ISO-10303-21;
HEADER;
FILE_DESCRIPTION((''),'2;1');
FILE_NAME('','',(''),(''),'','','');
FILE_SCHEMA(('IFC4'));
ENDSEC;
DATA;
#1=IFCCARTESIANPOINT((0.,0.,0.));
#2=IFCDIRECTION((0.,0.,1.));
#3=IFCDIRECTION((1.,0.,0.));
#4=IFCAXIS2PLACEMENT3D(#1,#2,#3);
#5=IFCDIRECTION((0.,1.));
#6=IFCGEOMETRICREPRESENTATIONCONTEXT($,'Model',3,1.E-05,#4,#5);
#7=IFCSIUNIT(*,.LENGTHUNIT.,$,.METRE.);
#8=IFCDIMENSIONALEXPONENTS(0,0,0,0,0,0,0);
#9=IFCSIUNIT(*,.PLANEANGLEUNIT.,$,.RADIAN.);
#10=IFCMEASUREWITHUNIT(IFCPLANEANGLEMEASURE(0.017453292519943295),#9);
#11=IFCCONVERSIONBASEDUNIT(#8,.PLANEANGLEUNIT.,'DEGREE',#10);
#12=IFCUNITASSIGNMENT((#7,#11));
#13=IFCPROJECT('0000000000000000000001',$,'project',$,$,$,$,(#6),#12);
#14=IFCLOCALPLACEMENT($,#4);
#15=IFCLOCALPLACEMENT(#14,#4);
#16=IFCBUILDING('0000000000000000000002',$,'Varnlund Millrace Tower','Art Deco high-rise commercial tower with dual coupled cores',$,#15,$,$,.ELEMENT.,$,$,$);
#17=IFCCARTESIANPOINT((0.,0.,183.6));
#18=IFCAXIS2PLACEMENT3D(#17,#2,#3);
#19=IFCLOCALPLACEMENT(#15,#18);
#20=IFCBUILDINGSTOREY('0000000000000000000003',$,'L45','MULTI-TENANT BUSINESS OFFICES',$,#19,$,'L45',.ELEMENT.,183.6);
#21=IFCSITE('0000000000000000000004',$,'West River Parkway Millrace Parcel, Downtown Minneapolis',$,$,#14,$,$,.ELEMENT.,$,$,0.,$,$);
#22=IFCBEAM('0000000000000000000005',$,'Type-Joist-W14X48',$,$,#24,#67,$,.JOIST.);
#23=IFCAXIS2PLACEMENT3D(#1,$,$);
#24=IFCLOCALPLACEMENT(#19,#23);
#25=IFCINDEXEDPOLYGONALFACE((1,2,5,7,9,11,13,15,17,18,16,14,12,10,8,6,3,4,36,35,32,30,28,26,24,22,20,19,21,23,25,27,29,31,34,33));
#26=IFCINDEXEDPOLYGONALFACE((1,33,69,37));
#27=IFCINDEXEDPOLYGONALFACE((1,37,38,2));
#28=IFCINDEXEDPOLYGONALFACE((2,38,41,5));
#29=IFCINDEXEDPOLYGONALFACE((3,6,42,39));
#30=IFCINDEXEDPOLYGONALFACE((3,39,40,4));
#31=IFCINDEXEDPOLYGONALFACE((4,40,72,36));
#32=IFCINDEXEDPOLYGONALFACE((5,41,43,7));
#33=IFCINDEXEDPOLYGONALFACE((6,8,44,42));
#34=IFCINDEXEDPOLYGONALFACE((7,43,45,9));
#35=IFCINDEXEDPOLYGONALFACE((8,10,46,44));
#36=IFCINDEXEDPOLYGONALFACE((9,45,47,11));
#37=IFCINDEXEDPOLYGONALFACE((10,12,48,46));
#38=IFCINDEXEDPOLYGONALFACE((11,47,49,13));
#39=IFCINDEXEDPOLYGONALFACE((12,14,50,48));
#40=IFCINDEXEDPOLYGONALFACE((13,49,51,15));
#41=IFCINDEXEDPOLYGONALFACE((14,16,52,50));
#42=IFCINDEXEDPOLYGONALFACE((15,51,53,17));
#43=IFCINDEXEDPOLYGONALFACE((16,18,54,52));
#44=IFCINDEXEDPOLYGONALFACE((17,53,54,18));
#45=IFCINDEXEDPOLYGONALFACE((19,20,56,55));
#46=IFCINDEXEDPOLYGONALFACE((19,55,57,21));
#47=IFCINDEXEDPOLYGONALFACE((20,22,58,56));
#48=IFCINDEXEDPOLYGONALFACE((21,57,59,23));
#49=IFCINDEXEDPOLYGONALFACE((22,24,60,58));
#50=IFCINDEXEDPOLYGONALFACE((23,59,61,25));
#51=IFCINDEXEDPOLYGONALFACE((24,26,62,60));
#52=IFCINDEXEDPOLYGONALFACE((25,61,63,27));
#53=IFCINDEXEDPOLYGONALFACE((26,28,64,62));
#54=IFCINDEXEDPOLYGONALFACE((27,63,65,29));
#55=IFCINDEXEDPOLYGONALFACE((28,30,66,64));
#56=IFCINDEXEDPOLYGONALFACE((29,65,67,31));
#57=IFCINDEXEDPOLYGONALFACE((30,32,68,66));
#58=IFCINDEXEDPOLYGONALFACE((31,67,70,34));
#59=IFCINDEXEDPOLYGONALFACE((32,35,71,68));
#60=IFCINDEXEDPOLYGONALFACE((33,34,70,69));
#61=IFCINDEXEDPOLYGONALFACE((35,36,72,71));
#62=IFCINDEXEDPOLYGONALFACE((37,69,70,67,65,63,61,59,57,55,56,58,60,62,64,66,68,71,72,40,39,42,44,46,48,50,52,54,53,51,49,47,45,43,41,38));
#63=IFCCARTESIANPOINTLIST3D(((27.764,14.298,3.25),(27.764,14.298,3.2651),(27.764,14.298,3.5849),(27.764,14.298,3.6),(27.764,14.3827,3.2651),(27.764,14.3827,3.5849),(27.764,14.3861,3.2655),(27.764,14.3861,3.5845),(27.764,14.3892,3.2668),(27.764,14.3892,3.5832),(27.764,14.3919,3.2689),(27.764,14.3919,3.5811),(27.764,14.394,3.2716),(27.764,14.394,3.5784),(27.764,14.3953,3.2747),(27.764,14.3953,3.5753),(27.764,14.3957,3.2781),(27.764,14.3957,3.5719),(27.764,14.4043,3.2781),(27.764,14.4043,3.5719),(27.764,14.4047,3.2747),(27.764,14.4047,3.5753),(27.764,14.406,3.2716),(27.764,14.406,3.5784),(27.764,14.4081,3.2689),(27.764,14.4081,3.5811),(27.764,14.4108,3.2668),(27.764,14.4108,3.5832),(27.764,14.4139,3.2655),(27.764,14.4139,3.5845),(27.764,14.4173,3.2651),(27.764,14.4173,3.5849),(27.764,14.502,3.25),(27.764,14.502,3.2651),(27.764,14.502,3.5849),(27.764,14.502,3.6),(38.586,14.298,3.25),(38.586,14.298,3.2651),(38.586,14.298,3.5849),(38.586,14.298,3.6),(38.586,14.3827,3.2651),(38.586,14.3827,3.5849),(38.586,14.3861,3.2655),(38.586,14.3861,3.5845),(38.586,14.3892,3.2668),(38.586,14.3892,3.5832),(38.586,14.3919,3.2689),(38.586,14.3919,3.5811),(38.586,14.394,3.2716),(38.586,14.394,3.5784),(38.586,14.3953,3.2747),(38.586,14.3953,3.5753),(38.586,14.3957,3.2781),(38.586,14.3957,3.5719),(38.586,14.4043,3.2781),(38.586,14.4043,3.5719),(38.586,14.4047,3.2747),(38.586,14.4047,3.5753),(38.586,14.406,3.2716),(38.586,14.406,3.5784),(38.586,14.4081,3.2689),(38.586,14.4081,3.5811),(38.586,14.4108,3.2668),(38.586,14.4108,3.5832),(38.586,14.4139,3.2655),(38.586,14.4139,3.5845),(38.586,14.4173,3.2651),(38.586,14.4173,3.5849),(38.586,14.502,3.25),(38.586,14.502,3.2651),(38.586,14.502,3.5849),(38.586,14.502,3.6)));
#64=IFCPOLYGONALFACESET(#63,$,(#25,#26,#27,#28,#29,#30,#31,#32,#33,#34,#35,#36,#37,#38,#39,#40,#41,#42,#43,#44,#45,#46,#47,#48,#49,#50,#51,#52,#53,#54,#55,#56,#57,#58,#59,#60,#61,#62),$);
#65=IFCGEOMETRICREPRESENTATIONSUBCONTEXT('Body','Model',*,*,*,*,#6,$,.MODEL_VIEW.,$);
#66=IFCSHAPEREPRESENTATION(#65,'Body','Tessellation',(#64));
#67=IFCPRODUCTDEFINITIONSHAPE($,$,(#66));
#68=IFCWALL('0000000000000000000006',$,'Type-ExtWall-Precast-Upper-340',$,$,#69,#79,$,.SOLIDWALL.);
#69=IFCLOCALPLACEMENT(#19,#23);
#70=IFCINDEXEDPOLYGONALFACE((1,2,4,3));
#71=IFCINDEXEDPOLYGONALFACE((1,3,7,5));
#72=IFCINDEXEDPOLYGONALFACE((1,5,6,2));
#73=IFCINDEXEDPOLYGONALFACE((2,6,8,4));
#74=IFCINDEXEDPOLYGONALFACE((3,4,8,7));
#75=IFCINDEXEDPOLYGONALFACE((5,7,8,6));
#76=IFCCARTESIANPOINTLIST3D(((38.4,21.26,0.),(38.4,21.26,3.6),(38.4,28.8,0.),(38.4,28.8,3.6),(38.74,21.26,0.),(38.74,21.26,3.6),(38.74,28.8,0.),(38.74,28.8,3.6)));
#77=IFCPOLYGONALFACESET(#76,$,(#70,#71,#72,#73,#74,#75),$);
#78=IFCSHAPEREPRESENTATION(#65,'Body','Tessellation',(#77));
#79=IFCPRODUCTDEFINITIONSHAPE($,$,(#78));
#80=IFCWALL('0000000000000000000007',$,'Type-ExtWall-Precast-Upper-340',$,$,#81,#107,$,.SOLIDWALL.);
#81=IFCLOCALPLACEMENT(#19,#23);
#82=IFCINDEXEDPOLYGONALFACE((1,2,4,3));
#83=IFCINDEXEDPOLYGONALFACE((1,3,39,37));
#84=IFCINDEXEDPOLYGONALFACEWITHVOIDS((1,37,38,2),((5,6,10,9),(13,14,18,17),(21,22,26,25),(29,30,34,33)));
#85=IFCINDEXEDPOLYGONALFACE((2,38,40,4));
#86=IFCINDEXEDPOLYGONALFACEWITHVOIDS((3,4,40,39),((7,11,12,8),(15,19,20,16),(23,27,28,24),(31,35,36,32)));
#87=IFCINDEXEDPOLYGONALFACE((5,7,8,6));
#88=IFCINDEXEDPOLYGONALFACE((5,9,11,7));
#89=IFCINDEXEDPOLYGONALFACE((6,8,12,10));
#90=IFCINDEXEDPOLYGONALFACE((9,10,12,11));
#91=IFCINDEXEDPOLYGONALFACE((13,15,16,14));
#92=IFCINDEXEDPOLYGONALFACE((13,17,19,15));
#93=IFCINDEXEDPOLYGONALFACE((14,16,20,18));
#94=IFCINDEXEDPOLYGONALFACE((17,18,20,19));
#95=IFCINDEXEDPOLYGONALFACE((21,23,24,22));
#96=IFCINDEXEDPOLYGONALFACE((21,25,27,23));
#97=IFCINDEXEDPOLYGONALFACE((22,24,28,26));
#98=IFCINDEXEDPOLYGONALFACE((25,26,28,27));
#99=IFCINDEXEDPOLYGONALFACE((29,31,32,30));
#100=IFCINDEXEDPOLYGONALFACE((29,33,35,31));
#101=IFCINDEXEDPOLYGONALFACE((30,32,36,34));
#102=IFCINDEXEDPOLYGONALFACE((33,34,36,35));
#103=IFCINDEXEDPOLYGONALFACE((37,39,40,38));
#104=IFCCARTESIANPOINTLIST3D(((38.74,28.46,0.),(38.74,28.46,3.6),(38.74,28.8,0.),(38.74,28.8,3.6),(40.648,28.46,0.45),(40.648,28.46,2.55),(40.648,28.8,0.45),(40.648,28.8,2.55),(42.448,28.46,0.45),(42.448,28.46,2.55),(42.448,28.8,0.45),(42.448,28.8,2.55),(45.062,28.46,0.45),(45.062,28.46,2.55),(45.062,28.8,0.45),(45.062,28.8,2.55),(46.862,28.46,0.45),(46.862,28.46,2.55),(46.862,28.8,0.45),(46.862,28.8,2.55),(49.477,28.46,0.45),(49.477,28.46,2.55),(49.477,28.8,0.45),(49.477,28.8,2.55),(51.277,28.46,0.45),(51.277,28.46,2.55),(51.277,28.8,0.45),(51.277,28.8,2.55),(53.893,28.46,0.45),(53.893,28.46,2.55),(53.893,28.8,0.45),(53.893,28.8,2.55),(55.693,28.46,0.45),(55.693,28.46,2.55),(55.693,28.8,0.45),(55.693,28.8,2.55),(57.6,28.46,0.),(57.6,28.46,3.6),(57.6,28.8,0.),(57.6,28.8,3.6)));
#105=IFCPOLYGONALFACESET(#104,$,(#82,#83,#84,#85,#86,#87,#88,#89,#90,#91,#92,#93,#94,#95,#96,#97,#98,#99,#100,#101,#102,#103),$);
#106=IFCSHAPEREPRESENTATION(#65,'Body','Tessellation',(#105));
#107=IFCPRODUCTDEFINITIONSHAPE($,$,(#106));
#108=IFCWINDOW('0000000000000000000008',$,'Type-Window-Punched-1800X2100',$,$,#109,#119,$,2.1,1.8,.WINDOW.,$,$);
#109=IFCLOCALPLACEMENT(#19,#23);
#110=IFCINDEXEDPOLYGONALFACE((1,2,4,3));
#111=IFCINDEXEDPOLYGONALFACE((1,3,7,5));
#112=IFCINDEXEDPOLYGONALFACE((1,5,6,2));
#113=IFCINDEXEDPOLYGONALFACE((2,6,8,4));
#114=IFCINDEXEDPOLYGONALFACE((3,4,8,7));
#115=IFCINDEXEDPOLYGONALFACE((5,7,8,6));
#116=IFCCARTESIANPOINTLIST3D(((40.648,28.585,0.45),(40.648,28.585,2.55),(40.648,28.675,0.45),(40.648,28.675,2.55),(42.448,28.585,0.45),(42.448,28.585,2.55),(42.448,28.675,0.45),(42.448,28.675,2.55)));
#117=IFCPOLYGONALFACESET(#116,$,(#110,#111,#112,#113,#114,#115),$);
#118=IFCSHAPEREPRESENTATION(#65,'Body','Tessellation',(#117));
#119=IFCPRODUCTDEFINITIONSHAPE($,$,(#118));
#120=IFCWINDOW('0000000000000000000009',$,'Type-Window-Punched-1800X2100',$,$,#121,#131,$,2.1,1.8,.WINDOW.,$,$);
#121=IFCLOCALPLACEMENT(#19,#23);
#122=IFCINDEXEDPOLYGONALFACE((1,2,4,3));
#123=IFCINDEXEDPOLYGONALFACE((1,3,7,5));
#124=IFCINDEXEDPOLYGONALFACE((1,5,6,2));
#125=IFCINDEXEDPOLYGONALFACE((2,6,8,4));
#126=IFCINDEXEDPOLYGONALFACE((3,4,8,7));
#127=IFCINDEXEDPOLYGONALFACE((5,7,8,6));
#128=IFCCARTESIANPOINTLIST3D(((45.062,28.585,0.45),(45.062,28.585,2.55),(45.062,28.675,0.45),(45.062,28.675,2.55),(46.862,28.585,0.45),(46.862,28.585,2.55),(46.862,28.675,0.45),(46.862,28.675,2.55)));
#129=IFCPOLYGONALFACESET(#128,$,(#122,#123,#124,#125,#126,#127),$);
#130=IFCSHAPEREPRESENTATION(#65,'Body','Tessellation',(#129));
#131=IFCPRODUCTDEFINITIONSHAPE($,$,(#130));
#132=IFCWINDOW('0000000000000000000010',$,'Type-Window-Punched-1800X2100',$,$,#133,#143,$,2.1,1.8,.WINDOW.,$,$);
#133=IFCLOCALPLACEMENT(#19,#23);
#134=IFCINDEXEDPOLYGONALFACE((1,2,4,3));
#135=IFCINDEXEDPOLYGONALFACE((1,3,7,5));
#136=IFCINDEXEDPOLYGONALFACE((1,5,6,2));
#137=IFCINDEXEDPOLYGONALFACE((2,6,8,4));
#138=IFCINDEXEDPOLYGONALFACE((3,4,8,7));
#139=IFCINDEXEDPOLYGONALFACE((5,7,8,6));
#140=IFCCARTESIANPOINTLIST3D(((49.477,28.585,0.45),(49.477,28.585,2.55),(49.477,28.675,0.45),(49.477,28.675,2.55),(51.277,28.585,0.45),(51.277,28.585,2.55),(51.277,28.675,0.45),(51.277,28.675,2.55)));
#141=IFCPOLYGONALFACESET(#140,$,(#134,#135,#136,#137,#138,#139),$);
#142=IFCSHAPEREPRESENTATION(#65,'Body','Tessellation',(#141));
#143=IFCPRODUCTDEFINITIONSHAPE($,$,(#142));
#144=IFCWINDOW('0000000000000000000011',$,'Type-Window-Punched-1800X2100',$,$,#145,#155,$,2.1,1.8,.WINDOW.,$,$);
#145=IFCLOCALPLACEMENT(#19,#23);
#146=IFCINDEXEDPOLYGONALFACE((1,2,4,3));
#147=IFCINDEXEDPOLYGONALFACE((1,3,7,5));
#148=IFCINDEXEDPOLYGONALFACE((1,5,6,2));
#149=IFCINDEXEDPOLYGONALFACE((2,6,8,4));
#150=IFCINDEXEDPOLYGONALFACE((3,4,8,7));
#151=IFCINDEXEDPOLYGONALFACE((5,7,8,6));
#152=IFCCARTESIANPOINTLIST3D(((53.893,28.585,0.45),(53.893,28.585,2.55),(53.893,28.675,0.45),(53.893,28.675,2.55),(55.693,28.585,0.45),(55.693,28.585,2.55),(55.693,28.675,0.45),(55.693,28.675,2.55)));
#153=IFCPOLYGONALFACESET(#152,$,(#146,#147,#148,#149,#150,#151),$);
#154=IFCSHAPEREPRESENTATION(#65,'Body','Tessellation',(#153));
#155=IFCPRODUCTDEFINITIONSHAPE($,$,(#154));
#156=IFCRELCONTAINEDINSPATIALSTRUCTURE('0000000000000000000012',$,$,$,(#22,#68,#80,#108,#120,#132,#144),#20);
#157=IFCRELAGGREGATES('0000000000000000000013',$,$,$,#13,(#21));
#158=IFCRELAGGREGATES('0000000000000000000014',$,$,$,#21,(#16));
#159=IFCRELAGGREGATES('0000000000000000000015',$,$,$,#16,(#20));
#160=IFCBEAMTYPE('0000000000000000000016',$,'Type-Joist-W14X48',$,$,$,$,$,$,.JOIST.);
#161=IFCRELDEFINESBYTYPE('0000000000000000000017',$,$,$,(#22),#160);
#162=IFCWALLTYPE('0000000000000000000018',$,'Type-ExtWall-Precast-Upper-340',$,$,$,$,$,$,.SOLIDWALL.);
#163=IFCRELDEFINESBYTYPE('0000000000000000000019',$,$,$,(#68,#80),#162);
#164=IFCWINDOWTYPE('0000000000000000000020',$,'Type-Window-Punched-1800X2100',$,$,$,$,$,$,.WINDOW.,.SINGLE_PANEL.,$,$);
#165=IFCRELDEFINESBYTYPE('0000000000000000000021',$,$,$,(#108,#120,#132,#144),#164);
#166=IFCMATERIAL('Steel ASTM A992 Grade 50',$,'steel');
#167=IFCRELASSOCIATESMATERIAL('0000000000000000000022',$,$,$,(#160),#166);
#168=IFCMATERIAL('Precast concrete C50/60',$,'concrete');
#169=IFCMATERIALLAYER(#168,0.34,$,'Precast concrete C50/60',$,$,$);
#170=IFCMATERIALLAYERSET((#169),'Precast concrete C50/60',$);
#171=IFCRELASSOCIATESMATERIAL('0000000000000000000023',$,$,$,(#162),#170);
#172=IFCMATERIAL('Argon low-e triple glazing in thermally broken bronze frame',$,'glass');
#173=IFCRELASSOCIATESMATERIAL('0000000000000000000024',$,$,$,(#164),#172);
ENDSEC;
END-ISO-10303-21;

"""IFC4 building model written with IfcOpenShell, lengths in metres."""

from ifc_helpers import new_model, entity, si_unit, converted_unit, direction, frame, origin_with_axes, origin_2d_with_axis, place, context, subcontext, project, spatial, polyline, rectangle, i_section, outline, extrude, material, layer, layer_set, material_profile, profile_set, type_object, element, fill, save


model = new_model("IFC4")

# Units and contexts
model_context = context("Model", 3, precision=1e-05, world=origin_with_axes(), true_north=direction((0.0, 1.0)))
body_context = subcontext(model_context, "Body", "Model", "MODEL_VIEW")
ifc_project = project(units=[si_unit("LENGTHUNIT", "METRE"), converted_unit("PLANEANGLEUNIT", "DEGREE", entity("IfcPlaneAngleMeasure", 0.017453292519943295), si_unit("PLANEANGLEUNIT", "RADIAN"), dimensions=[0, 0, 0, 0, 0, 0, 0])], contexts=[model_context])

# Site, building, storey
site_placement = place(None, origin_with_axes())
site = spatial("IfcSite", under=ifc_project, at=site_placement, Name="West River Parkway Millrace Parcel, Downtown Minneapolis", CompositionType="ELEMENT", RefElevation=0.0)
building_placement = place(site_placement, origin_with_axes())
building = spatial("IfcBuilding", under=site, at=building_placement, Name="Varnlund Millrace Tower", Description="Art Deco high-rise commercial tower with dual coupled cores", CompositionType="ELEMENT")
storey_placement = place(building_placement, frame((0.0, 0.0, 183.6), z_axis=(0.0, 0.0, 1.0), x_axis=(1.0, 0.0, 0.0)))
storey = spatial("IfcBuildingStorey", under=building, at=storey_placement, Name="L45", Description="MULTI-TENANT BUSINESS OFFICES", LongName="L45", CompositionType="ELEMENT", Elevation=183.6)

# Beam
ifc_material_1 = material(Name="Steel ASTM A992 Grade 50", Category="steel")
ifc_material_profile_1 = material_profile(ifc_material_1, i_section(OverallWidth=0.204, OverallDepth=0.35, WebThickness=0.0086, FlangeThickness=0.0151, FilletRadius=0.013, at=origin_2d_with_axis()), Name="Steel ASTM A992 Grade 50")
ifc_profile_set_1 = profile_set([ifc_material_profile_1], Name="Steel ASTM A992 Grade 50")
beam_type_1 = type_object("IfcBeamType", Name="Type-Joist-W14X48", PredefinedType="JOIST", material=ifc_profile_set_1)
beam_1_placement = place(storey_placement, frame((27.764, 14.4, 3.425), z_axis=(1.0, 0.0, 0.0), x_axis=(0.0, 1.0, 0.0)))
element("IfcBeam", 1, at=beam_1_placement, inside=storey, type_object=beam_type_1, Name="Type-Joist-W14X48", PredefinedType="JOIST", context=body_context, shape_type="SweptSolid", body=[
    extrude(i_section(OverallWidth=0.204, OverallDepth=0.35, WebThickness=0.0086, FlangeThickness=0.0151, FilletRadius=0.013, at=origin_2d_with_axis()), origin_with_axes(), (0.0, 0.0, 1.0), 10.822),
])

# Wall
ifc_material_2 = material(Name="Precast concrete C50/60", Category="concrete")
ifc_layer_1 = layer(ifc_material_2, 0.34, Name="Precast concrete C50/60")
ifc_layer_set_1 = layer_set([ifc_layer_1], Name="Precast concrete C50/60")
wall_type_1 = type_object("IfcWallType", Name="Type-ExtWall-Precast-Upper-340", PredefinedType="SOLIDWALL", material=ifc_layer_set_1)
wall_1_placement = place(storey_placement, frame((38.57, 21.26, 0.0), z_axis=(0.0, 0.0, 1.0), x_axis=(0.0, 1.0, 0.0)))
element("IfcWall", 2, at=wall_1_placement, inside=storey, type_object=wall_type_1, Name="Type-ExtWall-Precast-Upper-340", PredefinedType="SOLIDWALL", context=body_context, shape_type="SweptSolid", body=[
    extrude(outline(polyline([(0.0, -0.17), (7.54, -0.17), (7.54, 0.17), (0.0, 0.17), (0.0, -0.17)])), origin_with_axes(), (0.0, 0.0, 1.0), 3.6),
])

# Wall, openings, windows
wall_2_placement = place(storey_placement, frame((38.74, 28.63, 0.0), z_axis=(0.0, 0.0, 1.0), x_axis=(1.0, 0.0, 0.0)))
wall_2 = element("IfcWall", 3, at=wall_2_placement, inside=storey, type_object=wall_type_1, Name="Type-ExtWall-Precast-Upper-340", PredefinedType="SOLIDWALL", context=body_context, shape_type="SweptSolid", body=[
    extrude(outline(polyline([(0.0, -0.17), (18.86, -0.17), (18.86, 0.17), (0.0, 0.17), (0.0, -0.17)])), origin_with_axes(), (0.0, 0.0, 1.0), 3.6),
])
opening_1_placement = place(wall_2_placement, frame((2.808, 0.0, 0.45), z_axis=(0.0, 0.0, 1.0), x_axis=(1.0, 0.0, 0.0)))
opening_1 = element("IfcOpeningElement", 4, at=opening_1_placement, cuts=wall_2, PredefinedType="OPENING", context=body_context, shape_type="SweptSolid", body=[
    extrude(rectangle(XDim=1.8, YDim=0.36, at=origin_2d_with_axis()), origin_with_axes(), (0.0, 0.0, 1.0), 2.1),
])
opening_2_placement = place(wall_2_placement, frame((7.222, 0.0, 0.45), z_axis=(0.0, 0.0, 1.0), x_axis=(1.0, 0.0, 0.0)))
opening_2 = element("IfcOpeningElement", 5, at=opening_2_placement, cuts=wall_2, PredefinedType="OPENING", context=body_context, shape_type="SweptSolid", body=[
    extrude(rectangle(XDim=1.8, YDim=0.36, at=origin_2d_with_axis()), origin_with_axes(), (0.0, 0.0, 1.0), 2.1),
])
opening_3_placement = place(wall_2_placement, frame((11.637, 0.0, 0.45), z_axis=(0.0, 0.0, 1.0), x_axis=(1.0, 0.0, 0.0)))
opening_3 = element("IfcOpeningElement", 6, at=opening_3_placement, cuts=wall_2, PredefinedType="OPENING", context=body_context, shape_type="SweptSolid", body=[
    extrude(rectangle(XDim=1.8, YDim=0.36, at=origin_2d_with_axis()), origin_with_axes(), (0.0, 0.0, 1.0), 2.1),
])
opening_4_placement = place(wall_2_placement, frame((16.053, 0.0, 0.45), z_axis=(0.0, 0.0, 1.0), x_axis=(1.0, 0.0, 0.0)))
opening_4 = element("IfcOpeningElement", 7, at=opening_4_placement, cuts=wall_2, PredefinedType="OPENING", context=body_context, shape_type="SweptSolid", body=[
    extrude(rectangle(XDim=1.8, YDim=0.36, at=origin_2d_with_axis()), origin_with_axes(), (0.0, 0.0, 1.0), 2.1),
])
ifc_material_3 = material(Name="Argon low-e triple glazing in thermally broken bronze frame", Category="glass")
window_type_1 = type_object("IfcWindowType", Name="Type-Window-Punched-1800X2100", PartitioningType="SINGLE_PANEL", PredefinedType="WINDOW", material=ifc_material_3)
window_1_placement = place(wall_2_placement, frame((2.808, 0.0, 0.45), z_axis=(0.0, 0.0, 1.0), x_axis=(1.0, 0.0, 0.0)))
window_1 = element("IfcWindow", 8, at=window_1_placement, inside=storey, type_object=window_type_1, Name="Type-Window-Punched-1800X2100", OverallHeight=2.1, OverallWidth=1.8, PredefinedType="WINDOW", context=body_context, shape_type="SweptSolid", body=[
    extrude(rectangle(XDim=1.8, YDim=0.09, at=origin_2d_with_axis()), origin_with_axes(), (0.0, 0.0, 1.0), 2.1),
])
fill(opening_1, window_1)
window_2_placement = place(wall_2_placement, frame((7.222, 0.0, 0.45), z_axis=(0.0, 0.0, 1.0), x_axis=(1.0, 0.0, 0.0)))
window_2 = element("IfcWindow", 9, at=window_2_placement, inside=storey, type_object=window_type_1, Name="Type-Window-Punched-1800X2100", OverallHeight=2.1, OverallWidth=1.8, PredefinedType="WINDOW", context=body_context, shape_type="SweptSolid", body=[
    extrude(rectangle(XDim=1.8, YDim=0.09, at=origin_2d_with_axis()), origin_with_axes(), (0.0, 0.0, 1.0), 2.1),
])
fill(opening_2, window_2)
window_3_placement = place(wall_2_placement, frame((11.637, 0.0, 0.45), z_axis=(0.0, 0.0, 1.0), x_axis=(1.0, 0.0, 0.0)))
window_3 = element("IfcWindow", 10, at=window_3_placement, inside=storey, type_object=window_type_1, Name="Type-Window-Punched-1800X2100", OverallHeight=2.1, OverallWidth=1.8, PredefinedType="WINDOW", context=body_context, shape_type="SweptSolid", body=[
    extrude(rectangle(XDim=1.8, YDim=0.09, at=origin_2d_with_axis()), origin_with_axes(), (0.0, 0.0, 1.0), 2.1),
])
fill(opening_3, window_3)
window_4_placement = place(wall_2_placement, frame((16.053, 0.0, 0.45), z_axis=(0.0, 0.0, 1.0), x_axis=(1.0, 0.0, 0.0)))
window_4 = element("IfcWindow", 11, at=window_4_placement, inside=storey, type_object=window_type_1, Name="Type-Window-Punched-1800X2100", OverallHeight=2.1, OverallWidth=1.8, PredefinedType="WINDOW", context=body_context, shape_type="SweptSolid", body=[
    extrude(rectangle(XDim=1.8, YDim=0.09, at=origin_2d_with_axis()), origin_with_axes(), (0.0, 0.0, 1.0), 2.1),
])
fill(opening_4, window_4)

save(model, "model.ifc")
